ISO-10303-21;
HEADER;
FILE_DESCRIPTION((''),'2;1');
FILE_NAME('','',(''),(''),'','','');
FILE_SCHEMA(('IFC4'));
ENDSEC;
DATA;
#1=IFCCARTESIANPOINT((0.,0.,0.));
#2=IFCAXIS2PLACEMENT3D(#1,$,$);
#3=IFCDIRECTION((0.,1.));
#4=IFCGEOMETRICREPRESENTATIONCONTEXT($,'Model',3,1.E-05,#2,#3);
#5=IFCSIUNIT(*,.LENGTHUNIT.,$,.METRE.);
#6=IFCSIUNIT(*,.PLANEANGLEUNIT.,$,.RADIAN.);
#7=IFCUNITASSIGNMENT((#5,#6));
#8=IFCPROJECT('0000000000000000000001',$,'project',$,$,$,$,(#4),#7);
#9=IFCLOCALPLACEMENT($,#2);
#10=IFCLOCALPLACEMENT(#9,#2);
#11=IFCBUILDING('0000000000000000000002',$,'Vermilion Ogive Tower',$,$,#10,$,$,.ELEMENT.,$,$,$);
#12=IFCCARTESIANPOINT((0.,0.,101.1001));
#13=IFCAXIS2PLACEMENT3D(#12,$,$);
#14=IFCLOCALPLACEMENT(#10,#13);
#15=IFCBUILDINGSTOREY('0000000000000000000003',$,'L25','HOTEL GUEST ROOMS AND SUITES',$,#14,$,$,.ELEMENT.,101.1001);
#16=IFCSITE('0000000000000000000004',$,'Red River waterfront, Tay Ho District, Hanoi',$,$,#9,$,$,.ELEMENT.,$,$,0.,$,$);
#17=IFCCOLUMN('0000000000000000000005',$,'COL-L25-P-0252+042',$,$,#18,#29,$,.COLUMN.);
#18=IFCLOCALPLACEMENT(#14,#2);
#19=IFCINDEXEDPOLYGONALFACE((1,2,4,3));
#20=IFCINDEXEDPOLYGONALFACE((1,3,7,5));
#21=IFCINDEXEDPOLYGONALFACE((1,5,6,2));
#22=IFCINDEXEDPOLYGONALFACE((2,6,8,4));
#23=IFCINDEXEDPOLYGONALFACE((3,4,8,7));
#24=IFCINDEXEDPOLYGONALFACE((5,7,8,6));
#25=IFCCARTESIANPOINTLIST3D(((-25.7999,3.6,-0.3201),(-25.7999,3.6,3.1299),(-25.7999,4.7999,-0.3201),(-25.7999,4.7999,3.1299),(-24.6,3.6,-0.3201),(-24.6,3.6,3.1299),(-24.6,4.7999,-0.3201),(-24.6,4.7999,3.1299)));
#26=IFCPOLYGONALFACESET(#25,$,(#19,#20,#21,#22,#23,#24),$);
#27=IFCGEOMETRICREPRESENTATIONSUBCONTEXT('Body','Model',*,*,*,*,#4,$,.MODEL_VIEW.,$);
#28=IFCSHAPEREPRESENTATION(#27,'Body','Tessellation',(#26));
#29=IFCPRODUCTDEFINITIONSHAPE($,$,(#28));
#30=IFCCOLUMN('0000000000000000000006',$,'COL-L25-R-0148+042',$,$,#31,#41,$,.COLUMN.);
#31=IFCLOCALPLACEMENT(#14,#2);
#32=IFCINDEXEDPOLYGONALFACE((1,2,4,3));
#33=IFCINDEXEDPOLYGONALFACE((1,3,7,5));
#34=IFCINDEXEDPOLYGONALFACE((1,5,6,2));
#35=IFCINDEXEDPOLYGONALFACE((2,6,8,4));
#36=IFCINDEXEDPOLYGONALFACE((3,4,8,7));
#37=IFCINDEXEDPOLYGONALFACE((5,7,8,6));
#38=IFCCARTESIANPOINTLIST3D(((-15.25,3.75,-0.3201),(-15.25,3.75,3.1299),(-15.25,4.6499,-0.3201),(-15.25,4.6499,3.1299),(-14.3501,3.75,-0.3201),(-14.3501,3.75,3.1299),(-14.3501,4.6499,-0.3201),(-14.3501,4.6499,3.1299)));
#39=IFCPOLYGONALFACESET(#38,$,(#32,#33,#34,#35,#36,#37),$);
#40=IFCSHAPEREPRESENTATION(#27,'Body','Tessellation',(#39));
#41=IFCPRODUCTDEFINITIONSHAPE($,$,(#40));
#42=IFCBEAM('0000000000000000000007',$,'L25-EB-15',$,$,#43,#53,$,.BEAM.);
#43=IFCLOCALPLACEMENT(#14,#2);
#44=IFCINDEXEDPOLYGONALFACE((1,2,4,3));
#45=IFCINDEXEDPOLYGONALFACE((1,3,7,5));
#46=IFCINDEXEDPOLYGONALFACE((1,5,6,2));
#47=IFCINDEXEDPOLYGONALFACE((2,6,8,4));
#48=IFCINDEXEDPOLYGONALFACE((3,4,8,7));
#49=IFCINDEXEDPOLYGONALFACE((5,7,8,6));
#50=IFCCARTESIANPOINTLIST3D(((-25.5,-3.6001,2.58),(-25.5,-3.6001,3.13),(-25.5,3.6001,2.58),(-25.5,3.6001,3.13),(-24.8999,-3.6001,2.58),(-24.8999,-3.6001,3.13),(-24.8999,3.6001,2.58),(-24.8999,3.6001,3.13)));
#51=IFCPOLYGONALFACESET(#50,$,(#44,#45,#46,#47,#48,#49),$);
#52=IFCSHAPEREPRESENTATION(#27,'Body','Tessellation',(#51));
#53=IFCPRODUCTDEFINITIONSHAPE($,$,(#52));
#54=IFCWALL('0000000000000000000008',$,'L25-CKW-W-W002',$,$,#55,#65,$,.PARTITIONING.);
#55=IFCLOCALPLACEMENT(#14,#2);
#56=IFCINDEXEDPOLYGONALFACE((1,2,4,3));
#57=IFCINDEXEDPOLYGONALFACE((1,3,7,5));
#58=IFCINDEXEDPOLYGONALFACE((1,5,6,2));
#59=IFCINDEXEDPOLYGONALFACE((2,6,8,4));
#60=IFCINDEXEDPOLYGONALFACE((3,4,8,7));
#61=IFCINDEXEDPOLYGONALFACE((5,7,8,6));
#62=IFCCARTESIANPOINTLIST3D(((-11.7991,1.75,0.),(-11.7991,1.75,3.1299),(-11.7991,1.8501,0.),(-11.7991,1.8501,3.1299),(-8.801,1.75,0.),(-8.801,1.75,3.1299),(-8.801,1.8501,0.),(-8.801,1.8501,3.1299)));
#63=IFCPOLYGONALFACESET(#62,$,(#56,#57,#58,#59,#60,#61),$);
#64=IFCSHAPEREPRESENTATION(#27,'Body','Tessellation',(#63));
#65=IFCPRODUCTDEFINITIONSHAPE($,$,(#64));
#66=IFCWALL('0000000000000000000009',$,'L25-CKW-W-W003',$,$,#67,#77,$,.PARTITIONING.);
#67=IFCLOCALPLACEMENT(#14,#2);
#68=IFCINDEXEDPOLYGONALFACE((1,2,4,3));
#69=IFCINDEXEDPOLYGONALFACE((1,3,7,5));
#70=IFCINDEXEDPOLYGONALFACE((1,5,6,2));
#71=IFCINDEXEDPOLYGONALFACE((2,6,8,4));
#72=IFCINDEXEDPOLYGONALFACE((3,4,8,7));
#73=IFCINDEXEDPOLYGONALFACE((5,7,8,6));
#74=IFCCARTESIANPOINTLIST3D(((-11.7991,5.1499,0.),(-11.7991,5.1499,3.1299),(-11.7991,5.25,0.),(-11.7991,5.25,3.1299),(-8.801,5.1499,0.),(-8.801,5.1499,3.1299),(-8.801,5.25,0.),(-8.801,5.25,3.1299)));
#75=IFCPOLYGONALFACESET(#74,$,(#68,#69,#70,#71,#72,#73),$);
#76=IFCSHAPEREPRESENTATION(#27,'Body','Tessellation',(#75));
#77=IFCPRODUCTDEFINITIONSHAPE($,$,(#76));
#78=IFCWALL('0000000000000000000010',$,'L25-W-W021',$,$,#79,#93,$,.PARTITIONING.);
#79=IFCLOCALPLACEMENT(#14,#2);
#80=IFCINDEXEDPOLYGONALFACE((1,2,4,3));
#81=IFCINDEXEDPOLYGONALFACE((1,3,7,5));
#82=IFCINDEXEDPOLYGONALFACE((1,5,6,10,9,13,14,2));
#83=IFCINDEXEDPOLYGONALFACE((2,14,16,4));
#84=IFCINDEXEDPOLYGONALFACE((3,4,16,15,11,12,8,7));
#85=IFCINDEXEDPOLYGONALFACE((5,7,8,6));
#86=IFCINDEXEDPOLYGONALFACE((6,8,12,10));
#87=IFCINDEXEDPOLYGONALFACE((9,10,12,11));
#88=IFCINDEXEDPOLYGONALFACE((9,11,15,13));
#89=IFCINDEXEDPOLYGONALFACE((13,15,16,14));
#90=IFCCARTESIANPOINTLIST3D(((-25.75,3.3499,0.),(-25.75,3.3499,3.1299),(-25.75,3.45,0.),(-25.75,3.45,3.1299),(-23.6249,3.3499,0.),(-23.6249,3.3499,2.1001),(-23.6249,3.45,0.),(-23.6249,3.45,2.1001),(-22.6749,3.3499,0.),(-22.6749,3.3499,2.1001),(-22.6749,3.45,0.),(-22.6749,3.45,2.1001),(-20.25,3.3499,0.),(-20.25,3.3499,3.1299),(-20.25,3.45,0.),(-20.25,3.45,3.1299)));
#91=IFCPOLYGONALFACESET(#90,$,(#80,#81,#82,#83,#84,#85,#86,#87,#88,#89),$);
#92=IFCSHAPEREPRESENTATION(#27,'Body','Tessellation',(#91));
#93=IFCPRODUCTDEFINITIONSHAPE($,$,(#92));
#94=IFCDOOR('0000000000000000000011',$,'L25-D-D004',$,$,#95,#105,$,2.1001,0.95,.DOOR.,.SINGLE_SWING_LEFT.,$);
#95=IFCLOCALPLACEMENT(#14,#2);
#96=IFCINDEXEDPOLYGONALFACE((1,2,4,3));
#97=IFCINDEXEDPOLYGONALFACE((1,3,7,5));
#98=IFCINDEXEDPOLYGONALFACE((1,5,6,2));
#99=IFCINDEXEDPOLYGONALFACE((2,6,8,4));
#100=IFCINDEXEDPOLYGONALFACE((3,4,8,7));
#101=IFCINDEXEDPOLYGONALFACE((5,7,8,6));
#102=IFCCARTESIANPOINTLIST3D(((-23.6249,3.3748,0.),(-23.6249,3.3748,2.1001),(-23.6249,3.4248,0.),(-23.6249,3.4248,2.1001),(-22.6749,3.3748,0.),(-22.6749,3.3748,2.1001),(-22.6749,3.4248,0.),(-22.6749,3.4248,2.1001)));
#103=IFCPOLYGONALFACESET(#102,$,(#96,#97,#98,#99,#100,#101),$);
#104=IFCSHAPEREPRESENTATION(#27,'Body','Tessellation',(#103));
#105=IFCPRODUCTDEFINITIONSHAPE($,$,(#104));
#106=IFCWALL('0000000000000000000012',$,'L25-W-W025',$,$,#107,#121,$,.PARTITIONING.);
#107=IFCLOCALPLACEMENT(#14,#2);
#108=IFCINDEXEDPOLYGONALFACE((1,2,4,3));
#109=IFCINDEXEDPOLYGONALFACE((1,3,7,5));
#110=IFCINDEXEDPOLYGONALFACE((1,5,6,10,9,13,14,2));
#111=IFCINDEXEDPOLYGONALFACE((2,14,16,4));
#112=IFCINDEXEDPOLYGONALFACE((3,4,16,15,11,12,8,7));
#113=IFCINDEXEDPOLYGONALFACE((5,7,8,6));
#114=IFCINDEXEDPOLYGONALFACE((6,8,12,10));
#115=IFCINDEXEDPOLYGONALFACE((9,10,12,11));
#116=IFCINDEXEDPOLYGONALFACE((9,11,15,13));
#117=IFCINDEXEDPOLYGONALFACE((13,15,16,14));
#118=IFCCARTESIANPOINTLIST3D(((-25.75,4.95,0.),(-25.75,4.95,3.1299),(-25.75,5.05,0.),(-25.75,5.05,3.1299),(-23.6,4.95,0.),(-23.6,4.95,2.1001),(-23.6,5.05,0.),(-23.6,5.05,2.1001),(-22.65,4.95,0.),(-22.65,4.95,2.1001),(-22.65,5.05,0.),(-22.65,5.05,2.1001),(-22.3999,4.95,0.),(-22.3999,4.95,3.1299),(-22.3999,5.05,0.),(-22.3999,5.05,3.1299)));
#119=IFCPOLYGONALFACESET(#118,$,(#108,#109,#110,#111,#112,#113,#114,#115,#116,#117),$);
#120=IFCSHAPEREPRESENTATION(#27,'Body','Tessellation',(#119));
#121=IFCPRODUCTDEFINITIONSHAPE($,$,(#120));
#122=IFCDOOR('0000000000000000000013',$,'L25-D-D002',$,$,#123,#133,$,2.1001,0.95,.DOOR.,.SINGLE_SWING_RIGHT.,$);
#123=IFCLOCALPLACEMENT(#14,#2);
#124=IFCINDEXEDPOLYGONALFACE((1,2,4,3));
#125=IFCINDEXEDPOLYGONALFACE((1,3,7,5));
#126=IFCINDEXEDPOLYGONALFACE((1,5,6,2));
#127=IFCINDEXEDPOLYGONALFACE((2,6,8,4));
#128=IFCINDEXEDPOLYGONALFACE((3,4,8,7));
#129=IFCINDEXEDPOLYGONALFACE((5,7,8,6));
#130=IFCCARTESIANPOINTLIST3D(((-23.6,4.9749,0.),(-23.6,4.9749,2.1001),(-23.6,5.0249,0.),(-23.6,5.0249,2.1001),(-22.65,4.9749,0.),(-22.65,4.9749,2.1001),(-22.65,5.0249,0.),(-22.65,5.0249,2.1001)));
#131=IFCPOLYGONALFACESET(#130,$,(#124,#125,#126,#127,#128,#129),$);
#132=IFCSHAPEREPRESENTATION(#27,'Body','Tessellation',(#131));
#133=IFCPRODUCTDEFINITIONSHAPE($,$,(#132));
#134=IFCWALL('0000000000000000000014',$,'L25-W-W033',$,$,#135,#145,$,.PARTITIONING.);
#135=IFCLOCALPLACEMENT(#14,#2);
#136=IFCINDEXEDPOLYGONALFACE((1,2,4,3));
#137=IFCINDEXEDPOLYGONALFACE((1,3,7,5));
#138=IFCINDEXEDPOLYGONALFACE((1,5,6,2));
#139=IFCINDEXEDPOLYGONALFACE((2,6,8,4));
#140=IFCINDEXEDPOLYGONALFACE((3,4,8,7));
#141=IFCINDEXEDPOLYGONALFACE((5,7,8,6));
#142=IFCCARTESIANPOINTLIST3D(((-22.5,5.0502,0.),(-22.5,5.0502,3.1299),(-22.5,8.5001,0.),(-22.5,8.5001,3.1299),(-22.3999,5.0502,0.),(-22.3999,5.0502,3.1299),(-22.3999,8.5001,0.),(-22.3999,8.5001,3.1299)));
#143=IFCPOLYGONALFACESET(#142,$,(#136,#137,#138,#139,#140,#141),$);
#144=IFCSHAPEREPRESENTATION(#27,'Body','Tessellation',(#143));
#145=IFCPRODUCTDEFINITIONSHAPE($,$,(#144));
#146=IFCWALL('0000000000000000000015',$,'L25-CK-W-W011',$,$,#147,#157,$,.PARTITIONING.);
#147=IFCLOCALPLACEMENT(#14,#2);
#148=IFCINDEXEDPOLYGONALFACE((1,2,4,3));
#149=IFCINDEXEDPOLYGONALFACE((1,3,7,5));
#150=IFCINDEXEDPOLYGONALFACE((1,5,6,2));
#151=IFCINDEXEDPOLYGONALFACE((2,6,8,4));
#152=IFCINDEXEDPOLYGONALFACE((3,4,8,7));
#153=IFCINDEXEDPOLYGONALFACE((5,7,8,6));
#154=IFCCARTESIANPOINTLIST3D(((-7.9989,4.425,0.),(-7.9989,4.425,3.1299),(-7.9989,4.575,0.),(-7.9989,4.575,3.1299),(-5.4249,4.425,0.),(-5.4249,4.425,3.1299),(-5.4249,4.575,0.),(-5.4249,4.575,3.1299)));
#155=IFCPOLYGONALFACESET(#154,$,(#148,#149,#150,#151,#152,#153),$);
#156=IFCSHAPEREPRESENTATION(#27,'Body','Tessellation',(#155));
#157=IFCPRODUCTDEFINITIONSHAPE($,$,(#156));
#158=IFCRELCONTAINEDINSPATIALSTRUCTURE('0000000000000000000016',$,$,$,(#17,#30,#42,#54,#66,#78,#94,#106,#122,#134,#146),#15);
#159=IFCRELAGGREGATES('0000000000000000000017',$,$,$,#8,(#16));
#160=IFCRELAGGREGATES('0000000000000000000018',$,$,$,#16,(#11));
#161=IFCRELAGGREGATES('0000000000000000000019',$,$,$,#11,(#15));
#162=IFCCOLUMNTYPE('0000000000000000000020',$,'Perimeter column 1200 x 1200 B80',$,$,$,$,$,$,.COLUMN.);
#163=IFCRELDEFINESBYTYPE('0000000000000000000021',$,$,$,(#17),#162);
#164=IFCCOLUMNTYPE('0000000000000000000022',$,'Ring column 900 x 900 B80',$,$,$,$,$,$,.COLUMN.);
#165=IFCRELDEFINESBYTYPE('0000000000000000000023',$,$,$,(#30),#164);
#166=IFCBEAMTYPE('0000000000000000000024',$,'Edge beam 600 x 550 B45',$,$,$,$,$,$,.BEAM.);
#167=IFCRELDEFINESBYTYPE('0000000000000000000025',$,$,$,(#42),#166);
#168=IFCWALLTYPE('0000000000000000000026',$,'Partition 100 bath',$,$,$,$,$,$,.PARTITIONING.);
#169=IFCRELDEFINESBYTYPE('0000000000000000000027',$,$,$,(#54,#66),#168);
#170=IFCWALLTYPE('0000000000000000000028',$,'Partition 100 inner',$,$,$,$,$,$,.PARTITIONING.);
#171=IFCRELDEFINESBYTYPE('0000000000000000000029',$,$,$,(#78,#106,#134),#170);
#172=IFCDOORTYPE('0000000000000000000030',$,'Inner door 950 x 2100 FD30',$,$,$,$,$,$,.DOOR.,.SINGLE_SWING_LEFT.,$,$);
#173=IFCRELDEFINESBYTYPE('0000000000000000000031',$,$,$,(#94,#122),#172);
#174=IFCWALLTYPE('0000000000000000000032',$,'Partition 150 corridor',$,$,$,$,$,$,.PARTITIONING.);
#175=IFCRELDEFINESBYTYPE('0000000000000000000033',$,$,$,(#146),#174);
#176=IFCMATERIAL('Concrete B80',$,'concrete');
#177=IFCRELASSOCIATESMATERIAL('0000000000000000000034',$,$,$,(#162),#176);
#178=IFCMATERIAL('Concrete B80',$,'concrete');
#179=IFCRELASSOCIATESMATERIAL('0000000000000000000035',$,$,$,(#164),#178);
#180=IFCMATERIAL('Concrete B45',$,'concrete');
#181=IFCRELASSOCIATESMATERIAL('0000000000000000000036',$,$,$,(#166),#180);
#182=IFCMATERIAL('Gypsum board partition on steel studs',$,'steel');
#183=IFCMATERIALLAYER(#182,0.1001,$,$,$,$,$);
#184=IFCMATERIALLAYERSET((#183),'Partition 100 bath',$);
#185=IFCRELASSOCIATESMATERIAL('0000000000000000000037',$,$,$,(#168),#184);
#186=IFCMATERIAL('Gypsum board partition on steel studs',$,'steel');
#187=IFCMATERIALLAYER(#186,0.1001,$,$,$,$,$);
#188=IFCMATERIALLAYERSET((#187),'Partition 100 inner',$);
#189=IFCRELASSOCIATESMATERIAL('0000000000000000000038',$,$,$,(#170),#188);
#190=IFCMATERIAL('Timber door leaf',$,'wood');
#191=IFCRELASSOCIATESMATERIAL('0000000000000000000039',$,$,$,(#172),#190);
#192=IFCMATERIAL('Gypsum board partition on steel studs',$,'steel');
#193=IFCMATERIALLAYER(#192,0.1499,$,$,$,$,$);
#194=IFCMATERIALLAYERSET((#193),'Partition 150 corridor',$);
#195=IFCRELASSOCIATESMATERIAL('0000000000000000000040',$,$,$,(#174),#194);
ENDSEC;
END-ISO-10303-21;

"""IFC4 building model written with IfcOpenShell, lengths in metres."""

from ifc_helpers import new_model, si_unit, direction, frame, frame_2d, origin, origin_2d, place, context, subcontext, project, spatial, rectangle, extrude, material, layer, layer_set, material_profile, profile_set, type_object, element, fill, save


model = new_model("IFC4")

# Units and contexts
model_context = context("Model", 3, precision=1e-05, world=origin(), true_north=direction((0.0, 1.0)))
body_context = subcontext(model_context, "Body", "Model", "MODEL_VIEW")
ifc_project = project(units=[si_unit("LENGTHUNIT", "METRE"), si_unit("PLANEANGLEUNIT", "RADIAN")], contexts=[model_context])

# Site, building, storey
site_placement = place(None, origin())
site = spatial("IfcSite", under=ifc_project, at=site_placement, Name="Red River waterfront, Tay Ho District, Hanoi", CompositionType="ELEMENT", RefElevation=0.0)
building_placement = place(site_placement, origin())
building = spatial("IfcBuilding", under=site, at=building_placement, Name="Vermilion Ogive Tower", CompositionType="ELEMENT")
storey_placement = place(building_placement, frame((0.0, 0.0, 101.1001)))
storey = spatial("IfcBuildingStorey", under=building, at=storey_placement, Name="L25", Description="HOTEL GUEST ROOMS AND SUITES", CompositionType="ELEMENT", Elevation=101.1001)

# Columns
ifc_material_1 = material(Name="Concrete B80", Category="concrete")
ifc_material_profile_1 = material_profile(ifc_material_1, rectangle(XDim=1.2, YDim=1.2, at=origin_2d()), Name="1200 x 1200")
ifc_profile_set_1 = profile_set([ifc_material_profile_1], Name="Concrete B80")
column_type_1 = type_object("IfcColumnType", Name="Perimeter column 1200 x 1200 B80", PredefinedType="COLUMN", material=ifc_profile_set_1)
column_1_placement = place(storey_placement, frame((-25.2, 4.2, -0.3201), z_axis=(0.0, 0.0, 1.0), x_axis=(1.0, 0.0, 0.0)))
element("IfcColumn", 1, at=column_1_placement, inside=storey, type_object=column_type_1, Name="COL-L25-P-0252+042", PredefinedType="COLUMN", context=body_context, shape_type="SweptSolid", body=[
    extrude(rectangle(XDim=1.2, YDim=1.2, at=origin_2d()), origin(), (0.0, 0.0, 1.0), 3.45),
])
ifc_material_2 = material(Name="Concrete B80", Category="concrete")
ifc_material_profile_2 = material_profile(ifc_material_2, rectangle(XDim=0.8999, YDim=0.8999, at=origin_2d()), Name="900 x 900")
ifc_profile_set_2 = profile_set([ifc_material_profile_2], Name="Concrete B80")
column_type_2 = type_object("IfcColumnType", Name="Ring column 900 x 900 B80", PredefinedType="COLUMN", material=ifc_profile_set_2)
column_2_placement = place(storey_placement, frame((-14.8, 4.2, -0.3201), z_axis=(0.0, 0.0, 1.0), x_axis=(1.0, 0.0, 0.0)))
element("IfcColumn", 2, at=column_2_placement, inside=storey, type_object=column_type_2, Name="COL-L25-R-0148+042", PredefinedType="COLUMN", context=body_context, shape_type="SweptSolid", body=[
    extrude(rectangle(XDim=0.8999, YDim=0.8999, at=origin_2d()), origin(), (0.0, 0.0, 1.0), 3.45),
])

# Beam
ifc_material_3 = material(Name="Concrete B45", Category="concrete")
ifc_material_profile_3 = material_profile(ifc_material_3, rectangle(XDim=0.6001, YDim=0.55, at=origin_2d()), Name="600 x 550")
ifc_profile_set_3 = profile_set([ifc_material_profile_3], Name="Concrete B45")
beam_type = type_object("IfcBeamType", Name="Edge beam 600 x 550 B45", PredefinedType="BEAM", material=ifc_profile_set_3)
beam_placement = place(storey_placement, frame((-25.2, 3.6001, 2.855), z_axis=(0.0, -1.0, 0.0), x_axis=(1.0, 0.0, 0.0)))
element("IfcBeam", 3, at=beam_placement, inside=storey, type_object=beam_type, Name="L25-EB-15", PredefinedType="BEAM", context=body_context, shape_type="SweptSolid", body=[
    extrude(rectangle(XDim=0.6001, YDim=0.55, at=origin_2d()), origin(), (0.0, 0.0, 1.0), 7.2002),
])

# Walls
ifc_material_4 = material(Name="Gypsum board partition on steel studs", Category="steel")
ifc_layer_1 = layer(ifc_material_4, 0.1001)
ifc_layer_set_1 = layer_set([ifc_layer_1], Name="Partition 100 bath")
wall_type_1 = type_object("IfcWallType", Name="Partition 100 bath", PredefinedType="PARTITIONING", material=ifc_layer_set_1)
for number, where, z_axis, x_axis, name in (
    (4, (-11.7991, 1.8, 0.0), (0.0, 0.0, 1.0), (1.0, 0.0, 0.0), "L25-CKW-W-W002"),
    (5, (-11.7991, 5.2, 0.0), (0.0, 0.0, 1.0), (1.0, 0.0, 0.0), "L25-CKW-W-W003"),
):
    element("IfcWall", number, at=place(storey_placement, frame(where, z_axis=z_axis, x_axis=x_axis)), inside=storey, type_object=wall_type_1, Name=name, PredefinedType="PARTITIONING", context=body_context, shape_type="SweptSolid", body=[
        extrude(rectangle(XDim=2.998, YDim=0.1001, at=frame_2d((1.499, 0.0))), origin(), (0.0, 0.0, 1.0), 3.1299),
    ])

# Walls, openings, doors
ifc_material_5 = material(Name="Gypsum board partition on steel studs", Category="steel")
ifc_layer_2 = layer(ifc_material_5, 0.1001)
ifc_layer_set_2 = layer_set([ifc_layer_2], Name="Partition 100 inner")
wall_type_2 = type_object("IfcWallType", Name="Partition 100 inner", PredefinedType="PARTITIONING", material=ifc_layer_set_2)
wall_1_placement = place(storey_placement, frame((-25.75, 3.3999, 0.0), z_axis=(0.0, 0.0, 1.0), x_axis=(1.0, 0.0, 0.0)))
wall_1 = element("IfcWall", 6, at=wall_1_placement, inside=storey, type_object=wall_type_2, Name="L25-W-W021", PredefinedType="PARTITIONING", context=body_context, shape_type="SweptSolid", body=[
    extrude(rectangle(XDim=5.5, YDim=0.1001, at=frame_2d((2.75, 0.0))), origin(), (0.0, 0.0, 1.0), 3.1299),
])
opening_1_placement = place(wall_1_placement, frame((2.125, 0.0, 0.0)))
opening_1 = element("IfcOpeningElement", 7, at=opening_1_placement, cuts=wall_1, PredefinedType="OPENING", context=body_context, shape_type="SweptSolid", body=[
    extrude(rectangle(XDim=0.95, YDim=2.1001, at=frame_2d((0.4751, 1.05))), frame((0.0, 0.0601, 0.0), z_axis=(0.0, -1.0, 0.0), x_axis=(1.0, 0.0, 0.0)), (0.0, 0.0, 1.0), 0.1201),
])
ifc_material_6 = material(Name="Timber door leaf", Category="wood")
door_type_1 = type_object("IfcDoorType", Name="Inner door 950 x 2100 FD30", OperationType="SINGLE_SWING_LEFT", PredefinedType="DOOR", material=ifc_material_6)
door_1_placement = place(opening_1_placement, origin())
door_1 = element("IfcDoor", 8, at=door_1_placement, inside=storey, type_object=door_type_1, Name="L25-D-D004", OperationType="SINGLE_SWING_LEFT", OverallHeight=2.1001, OverallWidth=0.95, PredefinedType="DOOR", context=body_context, shape_type="SweptSolid", body=[
    extrude(rectangle(XDim=0.95, YDim=2.1001, at=frame_2d((0.4751, 1.05))), frame((0.0, 0.0249, 0.0), z_axis=(0.0, -1.0, 0.0), x_axis=(1.0, 0.0, 0.0)), (0.0, 0.0, 1.0), 0.05),
])
fill(opening_1, door_1)
wall_2_placement = place(storey_placement, frame((-25.75, 5.0, 0.0), z_axis=(0.0, 0.0, 1.0), x_axis=(1.0, 0.0, 0.0)))
wall_2 = element("IfcWall", 9, at=wall_2_placement, inside=storey, type_object=wall_type_2, Name="L25-W-W025", PredefinedType="PARTITIONING", context=body_context, shape_type="SweptSolid", body=[
    extrude(rectangle(XDim=3.3501, YDim=0.1001, at=frame_2d((1.675, 0.0))), origin(), (0.0, 0.0, 1.0), 3.1299),
])
opening_2_placement = place(wall_2_placement, frame((2.1499, 0.0, 0.0)))
opening_2 = element("IfcOpeningElement", 10, at=opening_2_placement, cuts=wall_2, PredefinedType="OPENING", context=body_context, shape_type="SweptSolid", body=[
    extrude(rectangle(XDim=0.95, YDim=2.1001, at=frame_2d((0.4751, 1.05))), frame((0.0, 0.0601, 0.0), z_axis=(0.0, -1.0, 0.0), x_axis=(1.0, 0.0, 0.0)), (0.0, 0.0, 1.0), 0.1201),
])
door_2_placement = place(opening_2_placement, origin())
door_2 = element("IfcDoor", 11, at=door_2_placement, inside=storey, type_object=door_type_1, Name="L25-D-D002", OperationType="SINGLE_SWING_RIGHT", OverallHeight=2.1001, OverallWidth=0.95, PredefinedType="DOOR", context=body_context, shape_type="SweptSolid", body=[
    extrude(rectangle(XDim=0.95, YDim=2.1001, at=frame_2d((0.4751, 1.05))), frame((0.0, 0.0249, 0.0), z_axis=(0.0, -1.0, 0.0), x_axis=(1.0, 0.0, 0.0)), (0.0, 0.0, 1.0), 0.05),
])
fill(opening_2, door_2)

# Walls
wall_3_placement = place(storey_placement, frame((-22.45, 5.05, 0.0), z_axis=(0.0, 0.0, 1.0), x_axis=(0.0, 1.0, 0.0)))
element("IfcWall", 12, at=wall_3_placement, inside=storey, type_object=wall_type_2, Name="L25-W-W033", PredefinedType="PARTITIONING", context=body_context, shape_type="SweptSolid", body=[
    extrude(rectangle(XDim=3.45, YDim=0.1001, at=frame_2d((1.7251, 0.0))), origin(), (0.0, 0.0, 1.0), 3.1299),
])
ifc_material_7 = material(Name="Gypsum board partition on steel studs", Category="steel")
ifc_layer_3 = layer(ifc_material_7, 0.1499)
ifc_layer_set_3 = layer_set([ifc_layer_3], Name="Partition 150 corridor")
wall_type_3 = type_object("IfcWallType", Name="Partition 150 corridor", PredefinedType="PARTITIONING", material=ifc_layer_set_3)
wall_4_placement = place(storey_placement, frame((-7.999, 4.5, 0.0), z_axis=(0.0, 0.0, 1.0), x_axis=(1.0, 0.0, 0.0)))
element("IfcWall", 13, at=wall_4_placement, inside=storey, type_object=wall_type_3, Name="L25-CK-W-W011", PredefinedType="PARTITIONING", context=body_context, shape_type="SweptSolid", body=[
    extrude(rectangle(XDim=2.574, YDim=0.1499, at=frame_2d((1.2871, 0.0))), origin(), (0.0, 0.0, 1.0), 3.1299),
])

save(model, "model.ifc")
